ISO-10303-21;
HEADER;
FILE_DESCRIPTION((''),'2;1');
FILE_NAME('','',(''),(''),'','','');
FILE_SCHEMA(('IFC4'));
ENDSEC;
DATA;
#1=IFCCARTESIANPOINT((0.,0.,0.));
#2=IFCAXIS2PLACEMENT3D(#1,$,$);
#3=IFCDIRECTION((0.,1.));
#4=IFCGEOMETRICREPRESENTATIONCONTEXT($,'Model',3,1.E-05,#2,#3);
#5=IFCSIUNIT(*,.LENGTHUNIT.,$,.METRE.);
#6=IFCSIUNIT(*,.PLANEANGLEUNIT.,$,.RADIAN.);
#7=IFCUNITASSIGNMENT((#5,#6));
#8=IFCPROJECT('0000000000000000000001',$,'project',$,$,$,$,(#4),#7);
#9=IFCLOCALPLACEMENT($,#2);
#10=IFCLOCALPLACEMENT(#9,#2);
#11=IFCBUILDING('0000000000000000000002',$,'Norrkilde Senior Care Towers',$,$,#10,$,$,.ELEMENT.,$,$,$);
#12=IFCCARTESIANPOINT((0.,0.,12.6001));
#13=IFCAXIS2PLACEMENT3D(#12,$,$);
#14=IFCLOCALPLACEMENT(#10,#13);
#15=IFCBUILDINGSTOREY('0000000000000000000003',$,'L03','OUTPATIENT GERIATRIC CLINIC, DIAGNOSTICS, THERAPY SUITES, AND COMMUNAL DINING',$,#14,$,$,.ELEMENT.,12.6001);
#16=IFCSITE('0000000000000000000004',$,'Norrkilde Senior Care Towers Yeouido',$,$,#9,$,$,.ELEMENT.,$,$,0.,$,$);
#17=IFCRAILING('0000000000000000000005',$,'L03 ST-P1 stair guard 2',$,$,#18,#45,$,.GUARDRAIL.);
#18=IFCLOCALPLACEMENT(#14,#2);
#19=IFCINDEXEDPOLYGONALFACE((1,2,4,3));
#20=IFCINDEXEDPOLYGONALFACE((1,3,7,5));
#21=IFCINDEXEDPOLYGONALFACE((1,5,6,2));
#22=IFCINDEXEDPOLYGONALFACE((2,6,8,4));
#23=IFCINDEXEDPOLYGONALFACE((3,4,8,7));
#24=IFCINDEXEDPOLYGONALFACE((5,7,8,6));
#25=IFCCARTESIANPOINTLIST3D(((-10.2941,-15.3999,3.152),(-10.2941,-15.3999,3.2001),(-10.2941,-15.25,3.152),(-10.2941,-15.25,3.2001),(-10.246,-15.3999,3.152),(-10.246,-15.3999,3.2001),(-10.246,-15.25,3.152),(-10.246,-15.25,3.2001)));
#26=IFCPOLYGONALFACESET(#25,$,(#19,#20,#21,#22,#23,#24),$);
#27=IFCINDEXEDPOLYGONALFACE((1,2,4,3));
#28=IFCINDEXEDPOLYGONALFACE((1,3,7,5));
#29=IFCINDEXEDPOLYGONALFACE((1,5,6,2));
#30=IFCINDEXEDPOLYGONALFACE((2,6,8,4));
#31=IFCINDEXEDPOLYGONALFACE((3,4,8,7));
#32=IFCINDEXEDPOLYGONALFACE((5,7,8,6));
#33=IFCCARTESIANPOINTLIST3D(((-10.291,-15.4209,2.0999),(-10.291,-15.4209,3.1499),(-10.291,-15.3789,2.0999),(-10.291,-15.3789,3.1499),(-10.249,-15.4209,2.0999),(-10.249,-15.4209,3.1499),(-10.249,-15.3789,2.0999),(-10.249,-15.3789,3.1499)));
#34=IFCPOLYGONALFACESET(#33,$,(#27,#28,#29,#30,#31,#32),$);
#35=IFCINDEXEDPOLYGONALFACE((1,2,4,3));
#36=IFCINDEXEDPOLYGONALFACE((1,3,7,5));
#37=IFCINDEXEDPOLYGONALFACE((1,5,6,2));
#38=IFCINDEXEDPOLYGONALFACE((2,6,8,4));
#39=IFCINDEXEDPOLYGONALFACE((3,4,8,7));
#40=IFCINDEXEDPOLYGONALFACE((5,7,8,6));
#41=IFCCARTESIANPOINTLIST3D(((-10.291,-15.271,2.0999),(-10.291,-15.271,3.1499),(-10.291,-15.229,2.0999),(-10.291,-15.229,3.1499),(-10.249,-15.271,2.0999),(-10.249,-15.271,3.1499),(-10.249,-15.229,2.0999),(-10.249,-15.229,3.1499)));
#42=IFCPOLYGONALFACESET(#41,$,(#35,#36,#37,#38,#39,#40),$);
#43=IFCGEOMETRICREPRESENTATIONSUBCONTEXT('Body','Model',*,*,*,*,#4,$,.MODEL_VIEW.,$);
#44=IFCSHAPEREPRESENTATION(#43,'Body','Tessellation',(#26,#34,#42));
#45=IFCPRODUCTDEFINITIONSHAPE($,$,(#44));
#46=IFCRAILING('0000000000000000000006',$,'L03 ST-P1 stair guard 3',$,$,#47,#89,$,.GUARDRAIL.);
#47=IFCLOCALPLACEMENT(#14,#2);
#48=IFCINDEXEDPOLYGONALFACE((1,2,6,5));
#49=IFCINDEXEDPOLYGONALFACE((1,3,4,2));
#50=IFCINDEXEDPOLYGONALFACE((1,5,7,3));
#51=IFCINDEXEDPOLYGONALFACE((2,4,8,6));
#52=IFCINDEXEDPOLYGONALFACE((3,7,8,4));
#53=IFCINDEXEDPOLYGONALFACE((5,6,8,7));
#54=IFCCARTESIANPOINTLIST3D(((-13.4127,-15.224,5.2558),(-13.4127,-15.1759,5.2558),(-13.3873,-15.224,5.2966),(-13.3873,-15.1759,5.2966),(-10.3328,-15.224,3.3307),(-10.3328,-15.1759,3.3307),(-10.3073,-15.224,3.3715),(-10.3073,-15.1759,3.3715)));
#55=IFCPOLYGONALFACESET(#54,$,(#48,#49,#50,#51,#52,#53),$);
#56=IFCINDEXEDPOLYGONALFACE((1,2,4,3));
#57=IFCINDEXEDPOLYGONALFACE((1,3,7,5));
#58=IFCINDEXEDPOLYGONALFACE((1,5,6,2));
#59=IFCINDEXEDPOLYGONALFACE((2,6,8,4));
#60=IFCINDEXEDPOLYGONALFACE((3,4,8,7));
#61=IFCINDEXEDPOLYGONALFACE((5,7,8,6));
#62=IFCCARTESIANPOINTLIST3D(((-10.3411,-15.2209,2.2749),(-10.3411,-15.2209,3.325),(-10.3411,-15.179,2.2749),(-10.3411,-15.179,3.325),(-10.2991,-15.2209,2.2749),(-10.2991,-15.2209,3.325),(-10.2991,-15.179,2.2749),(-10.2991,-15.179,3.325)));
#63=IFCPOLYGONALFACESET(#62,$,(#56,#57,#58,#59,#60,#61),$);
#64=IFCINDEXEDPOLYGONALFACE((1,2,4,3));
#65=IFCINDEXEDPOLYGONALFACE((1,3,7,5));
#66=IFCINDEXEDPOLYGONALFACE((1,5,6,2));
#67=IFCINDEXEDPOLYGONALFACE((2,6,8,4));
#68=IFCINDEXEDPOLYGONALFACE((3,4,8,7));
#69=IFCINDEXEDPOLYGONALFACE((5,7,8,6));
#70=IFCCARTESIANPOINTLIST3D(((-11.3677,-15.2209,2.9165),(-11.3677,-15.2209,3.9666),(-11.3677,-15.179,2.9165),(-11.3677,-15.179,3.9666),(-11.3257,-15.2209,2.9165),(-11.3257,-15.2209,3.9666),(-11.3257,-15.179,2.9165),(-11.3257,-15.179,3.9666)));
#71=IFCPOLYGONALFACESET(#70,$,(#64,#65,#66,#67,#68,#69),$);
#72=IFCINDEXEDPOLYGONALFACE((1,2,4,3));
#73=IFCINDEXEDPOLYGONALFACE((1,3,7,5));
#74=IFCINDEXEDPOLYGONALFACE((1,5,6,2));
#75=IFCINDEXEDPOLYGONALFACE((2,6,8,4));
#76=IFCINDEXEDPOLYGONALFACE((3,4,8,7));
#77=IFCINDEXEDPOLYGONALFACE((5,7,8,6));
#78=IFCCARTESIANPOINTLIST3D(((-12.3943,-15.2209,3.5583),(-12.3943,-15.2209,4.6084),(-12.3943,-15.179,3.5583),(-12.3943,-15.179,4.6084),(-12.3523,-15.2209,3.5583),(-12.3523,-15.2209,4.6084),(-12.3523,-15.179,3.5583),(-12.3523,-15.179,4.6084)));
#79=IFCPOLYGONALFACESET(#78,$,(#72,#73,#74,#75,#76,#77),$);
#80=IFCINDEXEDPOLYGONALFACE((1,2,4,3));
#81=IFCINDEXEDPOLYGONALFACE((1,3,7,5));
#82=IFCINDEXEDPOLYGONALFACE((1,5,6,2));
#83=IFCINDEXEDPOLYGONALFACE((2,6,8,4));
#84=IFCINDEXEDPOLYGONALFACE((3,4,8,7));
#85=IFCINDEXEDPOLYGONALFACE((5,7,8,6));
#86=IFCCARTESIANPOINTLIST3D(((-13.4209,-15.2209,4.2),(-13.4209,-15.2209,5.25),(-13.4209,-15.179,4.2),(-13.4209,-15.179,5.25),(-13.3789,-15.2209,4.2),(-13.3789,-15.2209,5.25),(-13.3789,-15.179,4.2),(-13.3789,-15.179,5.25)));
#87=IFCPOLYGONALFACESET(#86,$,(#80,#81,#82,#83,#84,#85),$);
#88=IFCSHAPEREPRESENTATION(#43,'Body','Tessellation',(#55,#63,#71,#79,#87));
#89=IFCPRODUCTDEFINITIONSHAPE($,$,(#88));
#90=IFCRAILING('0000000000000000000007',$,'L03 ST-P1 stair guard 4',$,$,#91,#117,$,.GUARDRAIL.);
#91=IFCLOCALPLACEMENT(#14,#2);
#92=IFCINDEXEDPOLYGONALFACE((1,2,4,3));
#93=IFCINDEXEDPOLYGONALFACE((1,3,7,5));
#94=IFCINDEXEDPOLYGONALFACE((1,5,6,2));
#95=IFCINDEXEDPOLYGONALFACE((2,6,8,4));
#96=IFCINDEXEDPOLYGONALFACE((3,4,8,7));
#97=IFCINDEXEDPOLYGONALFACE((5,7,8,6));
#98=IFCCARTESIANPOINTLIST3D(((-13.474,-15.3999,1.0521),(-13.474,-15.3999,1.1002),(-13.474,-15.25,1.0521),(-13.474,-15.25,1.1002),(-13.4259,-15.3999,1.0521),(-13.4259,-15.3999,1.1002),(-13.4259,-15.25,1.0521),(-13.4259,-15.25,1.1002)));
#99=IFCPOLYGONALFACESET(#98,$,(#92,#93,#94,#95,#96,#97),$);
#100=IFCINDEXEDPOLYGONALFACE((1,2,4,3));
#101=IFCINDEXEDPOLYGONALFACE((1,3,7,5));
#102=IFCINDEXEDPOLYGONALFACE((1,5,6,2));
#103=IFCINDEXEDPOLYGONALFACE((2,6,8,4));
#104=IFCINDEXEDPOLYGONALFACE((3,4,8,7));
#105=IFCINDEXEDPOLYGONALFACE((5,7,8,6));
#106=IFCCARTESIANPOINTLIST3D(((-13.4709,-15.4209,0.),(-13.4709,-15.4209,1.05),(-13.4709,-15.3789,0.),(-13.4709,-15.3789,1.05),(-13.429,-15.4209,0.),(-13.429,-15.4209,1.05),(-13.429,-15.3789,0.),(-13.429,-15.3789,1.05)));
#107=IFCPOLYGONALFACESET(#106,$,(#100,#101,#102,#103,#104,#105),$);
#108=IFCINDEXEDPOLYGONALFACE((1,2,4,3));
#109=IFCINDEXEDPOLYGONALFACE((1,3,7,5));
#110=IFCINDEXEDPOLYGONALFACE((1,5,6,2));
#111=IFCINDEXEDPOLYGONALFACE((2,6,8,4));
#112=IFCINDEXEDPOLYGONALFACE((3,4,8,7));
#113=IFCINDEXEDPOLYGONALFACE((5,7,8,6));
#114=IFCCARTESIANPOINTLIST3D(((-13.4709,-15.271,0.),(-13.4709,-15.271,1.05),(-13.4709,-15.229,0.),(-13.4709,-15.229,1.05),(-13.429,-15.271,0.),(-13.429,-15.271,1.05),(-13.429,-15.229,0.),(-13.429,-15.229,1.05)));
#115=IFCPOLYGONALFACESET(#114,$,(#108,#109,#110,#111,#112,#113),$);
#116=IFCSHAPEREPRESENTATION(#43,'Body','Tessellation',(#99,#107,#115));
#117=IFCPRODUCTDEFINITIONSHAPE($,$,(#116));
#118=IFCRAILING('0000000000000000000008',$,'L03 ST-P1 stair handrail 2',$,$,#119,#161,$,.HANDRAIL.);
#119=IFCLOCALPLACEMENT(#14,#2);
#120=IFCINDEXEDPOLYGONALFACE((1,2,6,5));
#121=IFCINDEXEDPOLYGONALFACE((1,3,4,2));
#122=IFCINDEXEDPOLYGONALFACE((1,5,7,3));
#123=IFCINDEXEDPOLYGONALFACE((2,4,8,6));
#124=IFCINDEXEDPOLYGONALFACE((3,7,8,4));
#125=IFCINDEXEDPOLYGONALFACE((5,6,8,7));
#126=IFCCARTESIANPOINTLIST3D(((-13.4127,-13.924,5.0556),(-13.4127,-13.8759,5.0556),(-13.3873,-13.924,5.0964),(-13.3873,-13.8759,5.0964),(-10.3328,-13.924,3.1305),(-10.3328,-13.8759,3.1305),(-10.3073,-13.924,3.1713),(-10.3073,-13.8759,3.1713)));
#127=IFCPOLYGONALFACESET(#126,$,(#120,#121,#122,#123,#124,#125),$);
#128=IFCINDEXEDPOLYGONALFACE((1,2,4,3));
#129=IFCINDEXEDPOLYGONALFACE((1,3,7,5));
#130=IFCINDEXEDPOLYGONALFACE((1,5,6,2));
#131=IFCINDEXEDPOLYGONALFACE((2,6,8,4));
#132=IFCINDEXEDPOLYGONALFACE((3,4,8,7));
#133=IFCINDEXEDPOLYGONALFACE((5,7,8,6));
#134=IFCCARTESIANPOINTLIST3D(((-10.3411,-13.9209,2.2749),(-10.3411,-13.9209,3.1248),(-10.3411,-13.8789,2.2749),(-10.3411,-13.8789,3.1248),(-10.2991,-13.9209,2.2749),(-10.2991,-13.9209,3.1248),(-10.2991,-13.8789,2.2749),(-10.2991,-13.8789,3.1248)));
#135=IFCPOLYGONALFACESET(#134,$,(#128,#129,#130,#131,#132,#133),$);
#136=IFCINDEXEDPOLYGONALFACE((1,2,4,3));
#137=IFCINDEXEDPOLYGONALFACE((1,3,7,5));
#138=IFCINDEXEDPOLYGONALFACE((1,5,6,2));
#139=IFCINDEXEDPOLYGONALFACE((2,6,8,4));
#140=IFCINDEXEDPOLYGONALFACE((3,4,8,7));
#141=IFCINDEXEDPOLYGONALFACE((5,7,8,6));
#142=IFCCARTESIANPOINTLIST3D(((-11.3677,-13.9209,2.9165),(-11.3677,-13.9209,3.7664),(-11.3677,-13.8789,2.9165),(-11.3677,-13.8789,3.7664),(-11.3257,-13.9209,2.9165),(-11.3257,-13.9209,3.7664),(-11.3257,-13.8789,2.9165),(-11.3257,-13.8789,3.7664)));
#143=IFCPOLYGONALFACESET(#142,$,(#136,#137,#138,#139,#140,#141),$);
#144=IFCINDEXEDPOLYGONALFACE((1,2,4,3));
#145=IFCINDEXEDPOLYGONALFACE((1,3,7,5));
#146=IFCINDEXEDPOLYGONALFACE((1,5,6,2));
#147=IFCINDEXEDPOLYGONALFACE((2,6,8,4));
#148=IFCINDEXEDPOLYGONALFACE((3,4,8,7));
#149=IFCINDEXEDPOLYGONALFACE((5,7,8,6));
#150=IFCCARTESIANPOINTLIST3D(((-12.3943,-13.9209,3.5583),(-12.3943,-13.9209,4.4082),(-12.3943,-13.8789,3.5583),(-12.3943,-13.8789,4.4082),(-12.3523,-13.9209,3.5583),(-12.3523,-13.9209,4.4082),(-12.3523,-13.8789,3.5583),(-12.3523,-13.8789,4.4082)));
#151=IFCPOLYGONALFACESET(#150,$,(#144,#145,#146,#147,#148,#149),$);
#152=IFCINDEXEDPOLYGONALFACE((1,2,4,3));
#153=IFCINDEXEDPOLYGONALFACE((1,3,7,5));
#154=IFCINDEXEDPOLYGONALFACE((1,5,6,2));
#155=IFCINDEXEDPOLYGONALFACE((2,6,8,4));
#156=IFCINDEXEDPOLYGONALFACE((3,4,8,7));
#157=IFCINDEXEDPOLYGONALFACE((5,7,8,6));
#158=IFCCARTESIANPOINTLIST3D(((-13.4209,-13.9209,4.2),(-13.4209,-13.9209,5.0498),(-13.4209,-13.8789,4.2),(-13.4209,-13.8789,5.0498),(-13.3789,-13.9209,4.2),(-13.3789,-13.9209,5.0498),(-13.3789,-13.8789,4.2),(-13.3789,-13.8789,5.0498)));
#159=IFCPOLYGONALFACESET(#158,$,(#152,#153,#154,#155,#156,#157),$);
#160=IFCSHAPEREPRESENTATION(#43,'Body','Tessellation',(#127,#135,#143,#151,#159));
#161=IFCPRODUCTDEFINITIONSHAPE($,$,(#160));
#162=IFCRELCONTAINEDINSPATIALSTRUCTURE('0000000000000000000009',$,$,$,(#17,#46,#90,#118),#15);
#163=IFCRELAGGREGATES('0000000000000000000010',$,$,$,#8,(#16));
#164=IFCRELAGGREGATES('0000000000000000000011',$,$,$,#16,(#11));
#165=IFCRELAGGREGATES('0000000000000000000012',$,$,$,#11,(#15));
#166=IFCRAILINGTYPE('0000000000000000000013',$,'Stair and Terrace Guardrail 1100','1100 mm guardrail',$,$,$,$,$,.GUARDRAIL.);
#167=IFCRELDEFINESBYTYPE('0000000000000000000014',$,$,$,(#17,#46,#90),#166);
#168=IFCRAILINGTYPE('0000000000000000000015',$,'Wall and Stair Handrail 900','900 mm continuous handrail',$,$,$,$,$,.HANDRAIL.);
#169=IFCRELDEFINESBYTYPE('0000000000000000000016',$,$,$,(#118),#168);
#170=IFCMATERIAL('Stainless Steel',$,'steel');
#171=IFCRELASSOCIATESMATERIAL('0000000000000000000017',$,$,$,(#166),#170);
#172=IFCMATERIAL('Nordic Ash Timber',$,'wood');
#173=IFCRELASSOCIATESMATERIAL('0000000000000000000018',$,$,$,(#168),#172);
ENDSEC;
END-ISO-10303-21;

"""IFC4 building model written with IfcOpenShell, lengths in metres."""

from ifc_helpers import new_model, si_unit, direction, frame, origin, origin_2d, place, context, subcontext, project, spatial, rectangle, extrude, material, type_object, element, save


model = new_model("IFC4")

# Units and contexts
model_context = context("Model", 3, precision=1e-05, world=origin(), true_north=direction((0.0, 1.0)))
body_context = subcontext(model_context, "Body", "Model", "MODEL_VIEW")
ifc_project = project(units=[si_unit("LENGTHUNIT", "METRE"), si_unit("PLANEANGLEUNIT", "RADIAN")], contexts=[model_context])

# Site, building, storey
site_placement = place(None, origin())
site = spatial("IfcSite", under=ifc_project, at=site_placement, Name="Norrkilde Senior Care Towers Yeouido", CompositionType="ELEMENT", RefElevation=0.0)
building_placement = place(site_placement, origin())
building = spatial("IfcBuilding", under=site, at=building_placement, Name="Norrkilde Senior Care Towers", CompositionType="ELEMENT")
storey_placement = place(building_placement, frame((0.0, 0.0, 12.6001)))
storey = spatial("IfcBuildingStorey", under=building, at=storey_placement, Name="L03", Description="OUTPATIENT GERIATRIC CLINIC, DIAGNOSTICS, THERAPY SUITES, AND COMMUNAL DINING", CompositionType="ELEMENT", Elevation=12.6001)

# Shared definitions
ifc_material_1 = material(Name="Nordic Ash Timber", Category="wood")

# Railings
ifc_material_2 = material(Name="Stainless Steel", Category="steel")
railing_type_1 = type_object("IfcRailingType", Name="Stair and Terrace Guardrail 1100", Description="1100 mm guardrail", PredefinedType="GUARDRAIL", material=ifc_material_2)
railing_1_placement = place(storey_placement, frame((-10.27, -15.3999, 2.0999)))
element("IfcRailing", 1, at=railing_1_placement, inside=storey, type_object=railing_type_1, Name="L03 ST-P1 stair guard 2", PredefinedType="GUARDRAIL", context=body_context, shape_type="SweptSolid", body=[
    extrude(rectangle(XDim=0.0481, YDim=0.0481, at=origin_2d()), frame((0.0, 0.0, 1.0762), z_axis=(0.0, 1.0, 0.0), x_axis=(-1.0, 0.0, 0.0)), (0.0, 0.0, 1.0), 0.1499),
    extrude(rectangle(XDim=0.042, YDim=0.042, at=origin_2d()), origin(), (0.0, 0.0, 1.0), 1.05),
    extrude(rectangle(XDim=0.042, YDim=0.042, at=origin_2d()), frame((0.0, 0.1499, 0.0)), (0.0, 0.0, 1.0), 1.05),
])
railing_2_placement = place(storey_placement, frame((-10.3201, -15.2, 2.2749)))
element("IfcRailing", 2, at=railing_2_placement, inside=storey, type_object=railing_type_1, Name="L03 ST-P1 stair guard 3", PredefinedType="GUARDRAIL", context=body_context, shape_type="SweptSolid", body=[
    extrude(rectangle(XDim=0.0481, YDim=0.0481, at=origin_2d()), frame((0.0, 0.0, 1.0762), z_axis=(-0.847979, 0.0, 0.530029), x_axis=(0.0, -1.0, 0.0)), (0.0, 0.0, 1.0), 3.6321),
    extrude(rectangle(XDim=0.042, YDim=0.042, at=origin_2d()), origin(), (0.0, 0.0, 1.0), 1.05),
    extrude(rectangle(XDim=0.042, YDim=0.042, at=origin_2d()), frame((-1.0266, 0.0, 0.6416)), (0.0, 0.0, 1.0), 1.05),
    extrude(rectangle(XDim=0.042, YDim=0.042, at=origin_2d()), frame((-2.0532, 0.0, 1.2834)), (0.0, 0.0, 1.0), 1.05),
    extrude(rectangle(XDim=0.042, YDim=0.042, at=origin_2d()), frame((-3.0798, 0.0, 1.925)), (0.0, 0.0, 1.0), 1.05),
])
railing_3_placement = place(storey_placement, frame((-13.45, -15.3999, 0.0)))
element("IfcRailing", 3, at=railing_3_placement, inside=storey, type_object=railing_type_1, Name="L03 ST-P1 stair guard 4", PredefinedType="GUARDRAIL", context=body_context, shape_type="SweptSolid", body=[
    extrude(rectangle(XDim=0.0481, YDim=0.0481, at=origin_2d()), frame((0.0, 0.0, 1.0762), z_axis=(0.0, 1.0, 0.0), x_axis=(-1.0, 0.0, 0.0)), (0.0, 0.0, 1.0), 0.1499),
    extrude(rectangle(XDim=0.042, YDim=0.042, at=origin_2d()), origin(), (0.0, 0.0, 1.0), 1.05),
    extrude(rectangle(XDim=0.042, YDim=0.042, at=origin_2d()), frame((0.0, 0.1499, 0.0)), (0.0, 0.0, 1.0), 1.05),
])
railing_type_2 = type_object("IfcRailingType", Name="Wall and Stair Handrail 900", Description="900 mm continuous handrail", PredefinedType="HANDRAIL", material=ifc_material_1)
railing_4_placement = place(storey_placement, frame((-10.3201, -13.8999, 2.2749)))
element("IfcRailing", 4, at=railing_4_placement, inside=storey, type_object=railing_type_2, Name="L03 ST-P1 stair handrail 2", PredefinedType="HANDRAIL", context=body_context, shape_type="SweptSolid", body=[
    extrude(rectangle(XDim=0.0481, YDim=0.0481, at=origin_2d()), frame((0.0, 0.0, 0.876), z_axis=(-0.847979, 0.0, 0.530029), x_axis=(0.0, -1.0, 0.0)), (0.0, 0.0, 1.0), 3.6321),
    extrude(rectangle(XDim=0.042, YDim=0.042, at=origin_2d()), origin(), (0.0, 0.0, 1.0), 0.8499),
    extrude(rectangle(XDim=0.042, YDim=0.042, at=origin_2d()), frame((-1.0266, 0.0, 0.6416)), (0.0, 0.0, 1.0), 0.8499),
    extrude(rectangle(XDim=0.042, YDim=0.042, at=origin_2d()), frame((-2.0532, 0.0, 1.2834)), (0.0, 0.0, 1.0), 0.8499),
    extrude(rectangle(XDim=0.042, YDim=0.042, at=origin_2d()), frame((-3.0798, 0.0, 1.925)), (0.0, 0.0, 1.0), 0.8499),
])

save(model, "model.ifc")
